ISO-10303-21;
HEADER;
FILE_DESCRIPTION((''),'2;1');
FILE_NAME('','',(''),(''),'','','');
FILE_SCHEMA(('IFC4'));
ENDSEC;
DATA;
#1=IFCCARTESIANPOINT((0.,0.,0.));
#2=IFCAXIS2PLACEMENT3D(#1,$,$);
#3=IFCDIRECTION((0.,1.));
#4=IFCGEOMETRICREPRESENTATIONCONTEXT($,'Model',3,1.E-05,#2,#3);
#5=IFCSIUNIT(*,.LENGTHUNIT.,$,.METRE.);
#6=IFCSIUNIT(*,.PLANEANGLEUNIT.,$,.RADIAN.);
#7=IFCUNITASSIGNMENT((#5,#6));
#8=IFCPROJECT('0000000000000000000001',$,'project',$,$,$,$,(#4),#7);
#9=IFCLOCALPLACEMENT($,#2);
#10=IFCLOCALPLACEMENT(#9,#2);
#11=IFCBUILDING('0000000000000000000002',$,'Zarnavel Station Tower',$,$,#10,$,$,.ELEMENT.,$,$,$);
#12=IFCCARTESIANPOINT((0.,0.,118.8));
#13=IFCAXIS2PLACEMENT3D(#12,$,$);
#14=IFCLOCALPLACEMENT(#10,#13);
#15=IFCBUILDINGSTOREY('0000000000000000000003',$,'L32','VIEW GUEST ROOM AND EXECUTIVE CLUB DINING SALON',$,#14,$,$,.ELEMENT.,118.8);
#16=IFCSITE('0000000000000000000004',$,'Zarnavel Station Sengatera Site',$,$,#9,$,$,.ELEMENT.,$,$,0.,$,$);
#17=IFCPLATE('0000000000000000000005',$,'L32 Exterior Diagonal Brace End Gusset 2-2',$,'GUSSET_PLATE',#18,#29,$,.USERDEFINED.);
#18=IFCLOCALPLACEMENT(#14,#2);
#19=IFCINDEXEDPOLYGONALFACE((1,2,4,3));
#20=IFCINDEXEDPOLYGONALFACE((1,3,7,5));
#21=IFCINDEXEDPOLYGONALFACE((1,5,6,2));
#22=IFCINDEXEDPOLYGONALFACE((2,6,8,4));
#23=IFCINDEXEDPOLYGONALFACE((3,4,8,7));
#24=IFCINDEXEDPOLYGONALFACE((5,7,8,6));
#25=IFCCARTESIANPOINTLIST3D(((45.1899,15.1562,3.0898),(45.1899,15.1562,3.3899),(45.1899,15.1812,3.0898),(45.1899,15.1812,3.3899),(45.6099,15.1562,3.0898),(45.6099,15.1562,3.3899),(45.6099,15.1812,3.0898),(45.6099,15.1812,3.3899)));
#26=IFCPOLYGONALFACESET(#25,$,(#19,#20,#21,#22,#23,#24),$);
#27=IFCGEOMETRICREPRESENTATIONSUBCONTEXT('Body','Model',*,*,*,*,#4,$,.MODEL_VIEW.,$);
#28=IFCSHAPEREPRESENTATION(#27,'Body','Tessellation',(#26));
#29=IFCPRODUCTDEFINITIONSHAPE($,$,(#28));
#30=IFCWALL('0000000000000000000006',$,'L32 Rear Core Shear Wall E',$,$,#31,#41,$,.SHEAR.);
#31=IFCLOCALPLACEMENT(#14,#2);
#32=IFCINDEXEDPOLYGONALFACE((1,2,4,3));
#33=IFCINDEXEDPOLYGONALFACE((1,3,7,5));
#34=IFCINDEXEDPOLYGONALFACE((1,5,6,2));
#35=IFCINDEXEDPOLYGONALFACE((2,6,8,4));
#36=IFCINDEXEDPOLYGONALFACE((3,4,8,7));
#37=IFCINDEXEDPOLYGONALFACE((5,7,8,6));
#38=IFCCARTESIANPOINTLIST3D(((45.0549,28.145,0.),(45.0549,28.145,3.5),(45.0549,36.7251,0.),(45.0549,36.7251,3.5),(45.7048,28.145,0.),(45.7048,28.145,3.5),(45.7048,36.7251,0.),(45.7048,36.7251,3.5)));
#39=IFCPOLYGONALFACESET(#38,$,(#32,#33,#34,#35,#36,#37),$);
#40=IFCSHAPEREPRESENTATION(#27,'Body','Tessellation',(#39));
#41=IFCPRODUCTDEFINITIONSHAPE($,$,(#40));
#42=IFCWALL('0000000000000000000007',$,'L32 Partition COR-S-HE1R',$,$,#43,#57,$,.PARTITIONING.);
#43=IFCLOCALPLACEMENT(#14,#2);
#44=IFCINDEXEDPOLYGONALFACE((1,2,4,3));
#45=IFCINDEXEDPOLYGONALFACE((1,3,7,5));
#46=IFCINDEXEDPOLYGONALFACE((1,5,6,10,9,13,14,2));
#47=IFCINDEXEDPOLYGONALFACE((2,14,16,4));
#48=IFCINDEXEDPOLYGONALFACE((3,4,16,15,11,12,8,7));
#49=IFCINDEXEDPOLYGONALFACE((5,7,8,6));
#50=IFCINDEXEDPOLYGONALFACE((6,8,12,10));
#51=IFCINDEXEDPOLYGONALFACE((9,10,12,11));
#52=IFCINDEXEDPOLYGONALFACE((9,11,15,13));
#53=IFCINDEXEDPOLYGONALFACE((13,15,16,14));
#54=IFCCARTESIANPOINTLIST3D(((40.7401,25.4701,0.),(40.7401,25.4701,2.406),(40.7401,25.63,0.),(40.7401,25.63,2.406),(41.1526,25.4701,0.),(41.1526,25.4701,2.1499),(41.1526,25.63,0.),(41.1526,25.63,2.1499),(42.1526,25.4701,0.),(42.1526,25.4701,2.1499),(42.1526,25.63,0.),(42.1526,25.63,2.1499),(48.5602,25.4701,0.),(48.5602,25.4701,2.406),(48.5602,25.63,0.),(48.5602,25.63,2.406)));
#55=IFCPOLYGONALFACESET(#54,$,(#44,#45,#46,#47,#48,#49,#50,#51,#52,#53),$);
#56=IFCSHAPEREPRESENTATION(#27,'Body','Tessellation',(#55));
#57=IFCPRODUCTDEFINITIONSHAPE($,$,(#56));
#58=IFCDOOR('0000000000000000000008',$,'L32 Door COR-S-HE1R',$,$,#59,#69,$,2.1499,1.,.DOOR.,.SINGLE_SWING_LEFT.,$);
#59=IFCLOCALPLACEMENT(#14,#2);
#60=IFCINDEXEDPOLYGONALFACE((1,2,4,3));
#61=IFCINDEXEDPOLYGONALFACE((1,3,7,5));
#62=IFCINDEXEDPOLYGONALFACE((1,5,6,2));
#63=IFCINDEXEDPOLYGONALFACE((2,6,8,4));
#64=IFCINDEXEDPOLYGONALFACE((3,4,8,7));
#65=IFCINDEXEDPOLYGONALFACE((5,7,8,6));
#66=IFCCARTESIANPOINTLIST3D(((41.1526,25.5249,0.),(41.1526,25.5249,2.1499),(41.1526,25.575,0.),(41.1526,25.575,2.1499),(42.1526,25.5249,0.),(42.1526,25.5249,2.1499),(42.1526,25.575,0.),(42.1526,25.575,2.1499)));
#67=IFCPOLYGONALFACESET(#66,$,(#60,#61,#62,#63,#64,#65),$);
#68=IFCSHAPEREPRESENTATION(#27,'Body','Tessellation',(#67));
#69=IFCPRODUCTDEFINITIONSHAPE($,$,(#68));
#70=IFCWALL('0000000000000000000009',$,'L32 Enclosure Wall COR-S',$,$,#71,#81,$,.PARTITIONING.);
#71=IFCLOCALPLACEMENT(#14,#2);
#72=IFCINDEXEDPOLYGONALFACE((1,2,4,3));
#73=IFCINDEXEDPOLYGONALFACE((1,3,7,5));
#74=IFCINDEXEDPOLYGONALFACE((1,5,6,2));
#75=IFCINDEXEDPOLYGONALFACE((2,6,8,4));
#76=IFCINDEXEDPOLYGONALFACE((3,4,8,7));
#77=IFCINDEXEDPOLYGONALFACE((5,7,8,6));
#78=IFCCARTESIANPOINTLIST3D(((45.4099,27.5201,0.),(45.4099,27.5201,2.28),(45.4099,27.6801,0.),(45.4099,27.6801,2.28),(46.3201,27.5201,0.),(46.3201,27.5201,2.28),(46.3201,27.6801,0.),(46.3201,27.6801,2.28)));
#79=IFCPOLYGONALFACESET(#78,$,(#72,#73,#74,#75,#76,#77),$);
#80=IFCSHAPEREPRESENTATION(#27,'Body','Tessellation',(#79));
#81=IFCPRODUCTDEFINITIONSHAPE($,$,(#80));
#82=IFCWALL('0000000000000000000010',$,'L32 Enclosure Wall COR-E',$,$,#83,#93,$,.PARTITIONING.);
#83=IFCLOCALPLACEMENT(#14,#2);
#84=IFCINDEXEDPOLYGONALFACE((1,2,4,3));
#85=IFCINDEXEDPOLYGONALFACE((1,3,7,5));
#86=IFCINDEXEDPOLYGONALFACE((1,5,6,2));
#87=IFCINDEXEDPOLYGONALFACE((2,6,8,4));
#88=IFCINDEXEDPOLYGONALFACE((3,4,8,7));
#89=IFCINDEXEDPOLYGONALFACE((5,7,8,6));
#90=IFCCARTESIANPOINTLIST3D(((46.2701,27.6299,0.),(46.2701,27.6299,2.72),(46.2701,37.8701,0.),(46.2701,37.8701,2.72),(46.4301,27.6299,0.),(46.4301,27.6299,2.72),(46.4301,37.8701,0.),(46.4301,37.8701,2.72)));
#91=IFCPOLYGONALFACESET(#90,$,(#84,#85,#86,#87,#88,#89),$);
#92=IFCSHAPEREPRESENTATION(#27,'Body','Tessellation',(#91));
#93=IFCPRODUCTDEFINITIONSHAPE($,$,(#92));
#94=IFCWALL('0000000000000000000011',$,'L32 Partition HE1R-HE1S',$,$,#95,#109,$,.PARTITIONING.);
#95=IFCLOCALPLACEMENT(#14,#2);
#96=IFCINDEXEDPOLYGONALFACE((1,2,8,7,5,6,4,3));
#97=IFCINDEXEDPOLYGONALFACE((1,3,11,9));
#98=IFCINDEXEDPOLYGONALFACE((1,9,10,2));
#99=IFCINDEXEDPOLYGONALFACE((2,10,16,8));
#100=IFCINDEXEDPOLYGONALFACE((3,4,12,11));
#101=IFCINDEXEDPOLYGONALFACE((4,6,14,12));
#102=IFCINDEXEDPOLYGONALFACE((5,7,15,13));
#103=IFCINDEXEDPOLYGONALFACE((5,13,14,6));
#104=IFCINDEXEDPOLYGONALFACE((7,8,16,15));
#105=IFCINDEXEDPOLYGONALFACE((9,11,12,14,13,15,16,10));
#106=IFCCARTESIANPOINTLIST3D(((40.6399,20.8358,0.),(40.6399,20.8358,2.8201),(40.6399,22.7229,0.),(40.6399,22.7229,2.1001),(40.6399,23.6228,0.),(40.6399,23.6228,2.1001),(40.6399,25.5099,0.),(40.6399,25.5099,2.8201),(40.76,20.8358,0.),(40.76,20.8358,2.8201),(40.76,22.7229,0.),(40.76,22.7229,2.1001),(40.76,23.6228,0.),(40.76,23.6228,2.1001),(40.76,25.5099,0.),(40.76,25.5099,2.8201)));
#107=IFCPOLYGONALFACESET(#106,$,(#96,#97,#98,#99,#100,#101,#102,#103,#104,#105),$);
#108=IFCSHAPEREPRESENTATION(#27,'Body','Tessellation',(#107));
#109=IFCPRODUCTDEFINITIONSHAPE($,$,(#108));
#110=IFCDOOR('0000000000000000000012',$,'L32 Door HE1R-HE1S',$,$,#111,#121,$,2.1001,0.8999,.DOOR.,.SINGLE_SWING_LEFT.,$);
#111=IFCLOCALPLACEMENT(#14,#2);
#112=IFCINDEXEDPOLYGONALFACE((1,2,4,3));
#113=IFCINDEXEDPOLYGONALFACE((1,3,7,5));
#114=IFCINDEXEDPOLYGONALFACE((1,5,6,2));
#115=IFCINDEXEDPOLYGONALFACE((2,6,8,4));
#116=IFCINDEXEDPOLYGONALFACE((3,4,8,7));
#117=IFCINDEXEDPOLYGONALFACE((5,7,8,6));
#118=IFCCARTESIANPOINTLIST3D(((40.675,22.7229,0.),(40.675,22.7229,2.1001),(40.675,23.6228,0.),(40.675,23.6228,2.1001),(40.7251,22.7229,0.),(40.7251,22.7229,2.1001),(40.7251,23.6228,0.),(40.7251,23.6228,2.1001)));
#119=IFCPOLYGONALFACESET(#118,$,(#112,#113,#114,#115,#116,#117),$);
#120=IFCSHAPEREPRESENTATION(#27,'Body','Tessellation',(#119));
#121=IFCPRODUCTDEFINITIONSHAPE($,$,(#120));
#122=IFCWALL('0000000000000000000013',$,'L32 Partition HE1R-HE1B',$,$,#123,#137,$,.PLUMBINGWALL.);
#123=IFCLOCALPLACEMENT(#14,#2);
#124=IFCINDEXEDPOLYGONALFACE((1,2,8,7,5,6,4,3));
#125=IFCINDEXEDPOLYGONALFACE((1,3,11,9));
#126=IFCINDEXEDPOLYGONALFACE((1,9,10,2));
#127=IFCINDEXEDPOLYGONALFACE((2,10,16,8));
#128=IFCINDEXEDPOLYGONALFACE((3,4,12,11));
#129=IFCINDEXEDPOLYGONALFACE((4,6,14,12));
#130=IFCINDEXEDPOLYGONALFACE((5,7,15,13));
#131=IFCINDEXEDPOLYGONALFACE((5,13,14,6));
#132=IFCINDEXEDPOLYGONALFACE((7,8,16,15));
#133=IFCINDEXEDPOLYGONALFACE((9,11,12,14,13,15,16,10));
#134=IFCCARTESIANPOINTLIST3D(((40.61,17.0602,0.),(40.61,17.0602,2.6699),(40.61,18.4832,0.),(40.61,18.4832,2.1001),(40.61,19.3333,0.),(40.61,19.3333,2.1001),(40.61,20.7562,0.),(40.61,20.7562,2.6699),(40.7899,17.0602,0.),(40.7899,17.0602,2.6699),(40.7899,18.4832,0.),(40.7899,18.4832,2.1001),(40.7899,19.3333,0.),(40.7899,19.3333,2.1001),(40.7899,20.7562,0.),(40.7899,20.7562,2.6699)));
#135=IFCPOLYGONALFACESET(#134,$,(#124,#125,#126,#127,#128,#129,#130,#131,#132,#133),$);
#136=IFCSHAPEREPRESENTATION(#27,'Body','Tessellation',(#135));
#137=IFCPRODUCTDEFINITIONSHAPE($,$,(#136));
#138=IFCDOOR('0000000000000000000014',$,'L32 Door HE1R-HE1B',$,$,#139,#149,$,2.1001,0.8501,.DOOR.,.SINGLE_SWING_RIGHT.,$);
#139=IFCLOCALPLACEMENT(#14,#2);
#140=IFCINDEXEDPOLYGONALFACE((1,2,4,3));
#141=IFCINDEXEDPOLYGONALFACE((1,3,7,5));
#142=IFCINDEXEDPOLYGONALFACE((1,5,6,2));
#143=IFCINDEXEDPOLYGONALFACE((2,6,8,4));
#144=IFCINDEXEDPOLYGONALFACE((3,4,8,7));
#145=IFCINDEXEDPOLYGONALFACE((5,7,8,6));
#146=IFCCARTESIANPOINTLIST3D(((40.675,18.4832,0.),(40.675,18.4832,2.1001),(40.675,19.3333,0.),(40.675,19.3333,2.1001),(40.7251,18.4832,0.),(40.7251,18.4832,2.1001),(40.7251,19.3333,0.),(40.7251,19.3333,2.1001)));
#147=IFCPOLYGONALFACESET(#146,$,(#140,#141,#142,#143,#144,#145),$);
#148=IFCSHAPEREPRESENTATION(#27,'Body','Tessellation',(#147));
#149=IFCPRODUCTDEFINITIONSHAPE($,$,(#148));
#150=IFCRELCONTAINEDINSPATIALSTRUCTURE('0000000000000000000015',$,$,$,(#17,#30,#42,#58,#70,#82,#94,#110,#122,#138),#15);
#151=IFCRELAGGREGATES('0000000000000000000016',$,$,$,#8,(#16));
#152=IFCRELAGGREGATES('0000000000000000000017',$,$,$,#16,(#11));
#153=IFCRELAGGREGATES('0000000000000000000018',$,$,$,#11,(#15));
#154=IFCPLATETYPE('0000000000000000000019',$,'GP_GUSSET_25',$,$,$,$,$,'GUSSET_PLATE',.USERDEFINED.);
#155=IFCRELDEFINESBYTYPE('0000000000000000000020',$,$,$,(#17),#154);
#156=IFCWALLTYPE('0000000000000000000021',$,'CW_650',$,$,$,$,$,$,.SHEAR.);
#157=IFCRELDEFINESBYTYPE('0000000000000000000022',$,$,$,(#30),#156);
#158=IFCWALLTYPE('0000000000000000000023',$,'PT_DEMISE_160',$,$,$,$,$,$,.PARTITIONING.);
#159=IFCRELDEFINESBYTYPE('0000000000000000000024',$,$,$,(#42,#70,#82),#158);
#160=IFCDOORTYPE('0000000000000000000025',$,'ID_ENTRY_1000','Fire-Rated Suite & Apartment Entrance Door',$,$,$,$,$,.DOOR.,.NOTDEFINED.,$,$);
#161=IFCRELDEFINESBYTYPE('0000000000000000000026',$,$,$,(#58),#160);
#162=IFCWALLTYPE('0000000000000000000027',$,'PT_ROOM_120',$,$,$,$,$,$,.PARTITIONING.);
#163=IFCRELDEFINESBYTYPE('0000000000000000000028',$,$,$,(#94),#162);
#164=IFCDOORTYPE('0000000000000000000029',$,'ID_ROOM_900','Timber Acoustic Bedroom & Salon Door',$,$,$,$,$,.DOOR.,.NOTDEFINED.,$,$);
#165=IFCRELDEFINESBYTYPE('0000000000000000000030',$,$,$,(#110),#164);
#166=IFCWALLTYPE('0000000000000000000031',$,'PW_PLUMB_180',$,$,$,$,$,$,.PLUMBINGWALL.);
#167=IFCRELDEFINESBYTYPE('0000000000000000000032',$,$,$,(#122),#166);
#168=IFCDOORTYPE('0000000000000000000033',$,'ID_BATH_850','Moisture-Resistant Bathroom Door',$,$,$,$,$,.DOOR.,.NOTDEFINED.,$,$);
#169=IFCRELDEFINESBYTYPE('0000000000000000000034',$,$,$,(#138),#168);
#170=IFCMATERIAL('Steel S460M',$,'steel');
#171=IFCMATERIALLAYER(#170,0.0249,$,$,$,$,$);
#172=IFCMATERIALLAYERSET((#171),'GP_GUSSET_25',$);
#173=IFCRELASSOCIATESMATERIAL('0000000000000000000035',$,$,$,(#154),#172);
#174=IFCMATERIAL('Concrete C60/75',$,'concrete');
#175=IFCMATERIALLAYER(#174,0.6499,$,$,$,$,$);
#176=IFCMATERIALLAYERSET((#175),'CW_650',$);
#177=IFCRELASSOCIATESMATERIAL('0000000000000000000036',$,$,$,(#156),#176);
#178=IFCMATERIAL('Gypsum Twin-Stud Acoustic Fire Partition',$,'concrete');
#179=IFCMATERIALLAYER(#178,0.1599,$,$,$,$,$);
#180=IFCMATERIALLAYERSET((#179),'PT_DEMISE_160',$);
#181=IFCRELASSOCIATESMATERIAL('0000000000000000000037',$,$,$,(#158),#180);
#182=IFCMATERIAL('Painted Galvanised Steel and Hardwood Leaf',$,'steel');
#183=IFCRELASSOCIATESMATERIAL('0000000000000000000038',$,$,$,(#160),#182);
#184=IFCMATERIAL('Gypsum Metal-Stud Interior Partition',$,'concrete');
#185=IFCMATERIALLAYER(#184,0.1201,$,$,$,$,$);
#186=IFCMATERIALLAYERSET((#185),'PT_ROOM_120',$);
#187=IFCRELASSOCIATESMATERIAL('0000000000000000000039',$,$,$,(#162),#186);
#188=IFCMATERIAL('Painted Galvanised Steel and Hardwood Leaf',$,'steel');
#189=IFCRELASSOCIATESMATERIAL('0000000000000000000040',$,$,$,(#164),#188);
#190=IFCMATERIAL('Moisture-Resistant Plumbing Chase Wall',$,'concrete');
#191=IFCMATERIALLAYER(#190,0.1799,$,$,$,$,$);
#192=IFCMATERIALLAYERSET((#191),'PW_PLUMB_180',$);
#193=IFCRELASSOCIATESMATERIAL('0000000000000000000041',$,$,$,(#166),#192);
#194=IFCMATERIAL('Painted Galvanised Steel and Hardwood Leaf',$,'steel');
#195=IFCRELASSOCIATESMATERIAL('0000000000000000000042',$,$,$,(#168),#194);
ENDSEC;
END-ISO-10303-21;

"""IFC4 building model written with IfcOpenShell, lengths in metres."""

from ifc_helpers import new_model, si_unit, direction, frame, frame_2d, origin, origin_2d, place, context, subcontext, project, spatial, rectangle, extrude, material, layer, layer_set, type_object, element, fill, save


model = new_model("IFC4")

# Units and contexts
model_context = context("Model", 3, precision=1e-05, world=origin(), true_north=direction((0.0, 1.0)))
body_context = subcontext(model_context, "Body", "Model", "MODEL_VIEW")
ifc_project = project(units=[si_unit("LENGTHUNIT", "METRE"), si_unit("PLANEANGLEUNIT", "RADIAN")], contexts=[model_context])

# Site, building, storey
site_placement = place(None, origin())
site = spatial("IfcSite", under=ifc_project, at=site_placement, Name="Zarnavel Station Sengatera Site", CompositionType="ELEMENT", RefElevation=0.0)
building_placement = place(site_placement, origin())
building = spatial("IfcBuilding", under=site, at=building_placement, Name="Zarnavel Station Tower", CompositionType="ELEMENT")
storey_placement = place(building_placement, frame((0.0, 0.0, 118.8)))
storey = spatial("IfcBuildingStorey", under=building, at=storey_placement, Name="L32", Description="VIEW GUEST ROOM AND EXECUTIVE CLUB DINING SALON", CompositionType="ELEMENT", Elevation=118.8)

# Plate
ifc_material_1 = material(Name="Steel S460M", Category="steel")
ifc_layer_1 = layer(ifc_material_1, 0.0249)
ifc_layer_set_1 = layer_set([ifc_layer_1], Name="GP_GUSSET_25")
plate_type = type_object("IfcPlateType", Name="GP_GUSSET_25", ElementType="GUSSET_PLATE", PredefinedType="USERDEFINED", material=ifc_layer_set_1)
plate_placement = place(storey_placement, frame((45.3999, 15.1687, 3.0898), z_axis=(0.0, 0.0, 1.0), x_axis=(1.0, 0.0, 0.0)))
element("IfcPlate", 1, at=plate_placement, inside=storey, type_object=plate_type, Name="L32 Exterior Diagonal Brace End Gusset 2-2", ObjectType="GUSSET_PLATE", PredefinedType="USERDEFINED", context=body_context, shape_type="SweptSolid", body=[
    extrude(rectangle(XDim=0.4199, YDim=0.0249, at=origin_2d()), origin(), (0.0, 0.0, 1.0), 0.3),
])

# Shared definitions
ifc_material_2 = material(Name="Concrete C60/75", Category="concrete")
ifc_layer_2 = layer(ifc_material_2, 0.6499)
ifc_layer_set_2 = layer_set([ifc_layer_2], Name="CW_650")
wall_type_1 = type_object("IfcWallType", Name="CW_650", PredefinedType="SHEAR", material=ifc_layer_set_2)

# Wall
wall_1_placement = place(storey_placement, frame((45.3799, 28.145, 0.0), z_axis=(0.0, 0.0, 1.0), x_axis=(0.0, 1.0, 0.0)))
element("IfcWall", 2, at=wall_1_placement, inside=storey, type_object=wall_type_1, Name="L32 Rear Core Shear Wall E", PredefinedType="SHEAR", context=body_context, shape_type="SweptSolid", body=[
    extrude(rectangle(XDim=8.5801, YDim=0.6499, at=frame_2d((4.29, 0.0))), origin(), (0.0, 0.0, 1.0), 3.5),
])

# Wall, opening, door
ifc_material_3 = material(Name="Gypsum Twin-Stud Acoustic Fire Partition", Category="concrete")
ifc_layer_3 = layer(ifc_material_3, 0.1599)
ifc_layer_set_3 = layer_set([ifc_layer_3], Name="PT_DEMISE_160")
wall_type_2 = type_object("IfcWallType", Name="PT_DEMISE_160", PredefinedType="PARTITIONING", material=ifc_layer_set_3)
wall_2_placement = place(storey_placement, frame((40.74, 25.55, 0.0), z_axis=(0.0, 0.0, 1.0), x_axis=(1.0, 0.0, 0.0)))
wall_2 = element("IfcWall", 3, at=wall_2_placement, inside=storey, type_object=wall_type_2, Name="L32 Partition COR-S-HE1R", PredefinedType="PARTITIONING", context=body_context, shape_type="SweptSolid", body=[
    extrude(rectangle(XDim=7.8201, YDim=0.1599, at=frame_2d((3.9102, 0.0))), origin(), (0.0, 0.0, 1.0), 2.406),
])
opening_1_placement = place(wall_2_placement, frame((0.4126, 0.0, 0.0)))
opening_1 = element("IfcOpeningElement", 4, at=opening_1_placement, cuts=wall_2, PredefinedType="OPENING", context=body_context, shape_type="SweptSolid", body=[
    extrude(rectangle(XDim=1.0, YDim=2.1499, at=frame_2d((0.5, 1.075))), frame((0.0, 0.0898, 0.0), z_axis=(0.0, -1.0, 0.0), x_axis=(1.0, 0.0, 0.0)), (0.0, 0.0, 1.0), 0.1799),
])
ifc_material_4 = material(Name="Painted Galvanised Steel and Hardwood Leaf", Category="steel")
door_type_1 = type_object("IfcDoorType", Name="ID_ENTRY_1000", Description="Fire-Rated Suite & Apartment Entrance Door", OperationType="NOTDEFINED", PredefinedType="DOOR", material=ifc_material_4)
door_1_placement = place(opening_1_placement, origin())
door_1 = element("IfcDoor", 5, at=door_1_placement, inside=storey, type_object=door_type_1, Name="L32 Door COR-S-HE1R", OperationType="SINGLE_SWING_LEFT", OverallHeight=2.1499, OverallWidth=1.0, PredefinedType="DOOR", context=body_context, shape_type="SweptSolid", body=[
    extrude(rectangle(XDim=1.0, YDim=2.1499, at=frame_2d((0.5, 1.075))), frame((0.0, 0.0249, 0.0), z_axis=(0.0, -1.0, 0.0), x_axis=(1.0, 0.0, 0.0)), (0.0, 0.0, 1.0), 0.05),
])
fill(opening_1, door_1)

# Walls
wall_3_placement = place(storey_placement, frame((45.4099, 27.6001, 0.0), z_axis=(0.0, 0.0, 1.0), x_axis=(1.0, 0.0, 0.0)))
element("IfcWall", 6, at=wall_3_placement, inside=storey, type_object=wall_type_2, Name="L32 Enclosure Wall COR-S", PredefinedType="PARTITIONING", context=body_context, shape_type="SweptSolid", body=[
    extrude(rectangle(XDim=0.9102, YDim=0.1599, at=frame_2d((0.4551, 0.0))), origin(), (0.0, 0.0, 1.0), 2.28),
])
wall_4_placement = place(storey_placement, frame((46.3501, 27.6299, 0.0), z_axis=(0.0, 0.0, 1.0), x_axis=(0.0, 1.0, 0.0)))
element("IfcWall", 7, at=wall_4_placement, inside=storey, type_object=wall_type_2, Name="L32 Enclosure Wall COR-E", PredefinedType="PARTITIONING", context=body_context, shape_type="SweptSolid", body=[
    extrude(rectangle(XDim=10.2402, YDim=0.1599, at=frame_2d((5.1201, 0.0))), origin(), (0.0, 0.0, 1.0), 2.72),
])

# Walls, openings, doors
ifc_material_5 = material(Name="Gypsum Metal-Stud Interior Partition", Category="concrete")
ifc_layer_4 = layer(ifc_material_5, 0.1201)
ifc_layer_set_4 = layer_set([ifc_layer_4], Name="PT_ROOM_120")
wall_type_3 = type_object("IfcWallType", Name="PT_ROOM_120", PredefinedType="PARTITIONING", material=ifc_layer_set_4)
wall_5_placement = place(storey_placement, frame((40.7, 20.8359, 0.0), z_axis=(0.0, 0.0, 1.0), x_axis=(0.0, 1.0, 0.0)))
wall_5 = element("IfcWall", 8, at=wall_5_placement, inside=storey, type_object=wall_type_3, Name="L32 Partition HE1R-HE1S", PredefinedType="PARTITIONING", context=body_context, shape_type="SweptSolid", body=[
    extrude(rectangle(XDim=4.6741, YDim=0.1201, at=frame_2d((2.3369, 0.0))), origin(), (0.0, 0.0, 1.0), 2.8201),
])
opening_2_placement = place(wall_5_placement, frame((1.887, 0.0, 0.0)))
opening_2 = element("IfcOpeningElement", 9, at=opening_2_placement, cuts=wall_5, PredefinedType="OPENING", context=body_context, shape_type="SweptSolid", body=[
    extrude(rectangle(XDim=0.8999, YDim=2.1001, at=frame_2d((0.45, 1.05))), frame((0.0, 0.0701, 0.0), z_axis=(0.0, -1.0, 0.0), x_axis=(1.0, 0.0, 0.0)), (0.0, 0.0, 1.0), 0.1401),
])
ifc_material_6 = material(Name="Painted Galvanised Steel and Hardwood Leaf", Category="steel")
door_type_2 = type_object("IfcDoorType", Name="ID_ROOM_900", Description="Timber Acoustic Bedroom & Salon Door", OperationType="NOTDEFINED", PredefinedType="DOOR", material=ifc_material_6)
door_2_placement = place(opening_2_placement, origin())
door_2 = element("IfcDoor", 10, at=door_2_placement, inside=storey, type_object=door_type_2, Name="L32 Door HE1R-HE1S", OperationType="SINGLE_SWING_LEFT", OverallHeight=2.1001, OverallWidth=0.8999, PredefinedType="DOOR", context=body_context, shape_type="SweptSolid", body=[
    extrude(rectangle(XDim=0.8999, YDim=2.1001, at=frame_2d((0.45, 1.05))), frame((0.0, 0.0249, 0.0), z_axis=(0.0, -1.0, 0.0), x_axis=(1.0, 0.0, 0.0)), (0.0, 0.0, 1.0), 0.05),
])
fill(opening_2, door_2)
ifc_material_7 = material(Name="Moisture-Resistant Plumbing Chase Wall", Category="concrete")
ifc_layer_5 = layer(ifc_material_7, 0.1799)
ifc_layer_set_5 = layer_set([ifc_layer_5], Name="PW_PLUMB_180")
wall_type_4 = type_object("IfcWallType", Name="PW_PLUMB_180", PredefinedType="PLUMBINGWALL", material=ifc_layer_set_5)
wall_6_placement = place(storey_placement, frame((40.7, 17.0601, 0.0), z_axis=(0.0, 0.0, 1.0), x_axis=(0.0, 1.0, 0.0)))
wall_6 = element("IfcWall", 11, at=wall_6_placement, inside=storey, type_object=wall_type_4, Name="L32 Partition HE1R-HE1B", PredefinedType="PLUMBINGWALL", context=body_context, shape_type="SweptSolid", body=[
    extrude(rectangle(XDim=3.696, YDim=0.1799, at=frame_2d((1.8481, 0.0))), origin(), (0.0, 0.0, 1.0), 2.6699),
])
opening_3_placement = place(wall_6_placement, frame((1.4231, 0.0, 0.0)))
opening_3 = element("IfcOpeningElement", 12, at=opening_3_placement, cuts=wall_6, PredefinedType="OPENING", context=body_context, shape_type="SweptSolid", body=[
    extrude(rectangle(XDim=0.8501, YDim=2.1001, at=frame_2d((0.425, 1.05))), frame((0.0, 0.0999, 0.0), z_axis=(0.0, -1.0, 0.0), x_axis=(1.0, 0.0, 0.0)), (0.0, 0.0, 1.0), 0.2),
])
ifc_material_8 = material(Name="Painted Galvanised Steel and Hardwood Leaf", Category="steel")
door_type_3 = type_object("IfcDoorType", Name="ID_BATH_850", Description="Moisture-Resistant Bathroom Door", OperationType="NOTDEFINED", PredefinedType="DOOR", material=ifc_material_8)
door_3_placement = place(opening_3_placement, origin())
door_3 = element("IfcDoor", 13, at=door_3_placement, inside=storey, type_object=door_type_3, Name="L32 Door HE1R-HE1B", OperationType="SINGLE_SWING_RIGHT", OverallHeight=2.1001, OverallWidth=0.8501, PredefinedType="DOOR", context=body_context, shape_type="SweptSolid", body=[
    extrude(rectangle(XDim=0.8501, YDim=2.1001, at=frame_2d((0.425, 1.05))), frame((0.0, 0.0249, 0.0), z_axis=(0.0, -1.0, 0.0), x_axis=(1.0, 0.0, 0.0)), (0.0, 0.0, 1.0), 0.05),
])
fill(opening_3, door_3)

save(model, "model.ifc")
